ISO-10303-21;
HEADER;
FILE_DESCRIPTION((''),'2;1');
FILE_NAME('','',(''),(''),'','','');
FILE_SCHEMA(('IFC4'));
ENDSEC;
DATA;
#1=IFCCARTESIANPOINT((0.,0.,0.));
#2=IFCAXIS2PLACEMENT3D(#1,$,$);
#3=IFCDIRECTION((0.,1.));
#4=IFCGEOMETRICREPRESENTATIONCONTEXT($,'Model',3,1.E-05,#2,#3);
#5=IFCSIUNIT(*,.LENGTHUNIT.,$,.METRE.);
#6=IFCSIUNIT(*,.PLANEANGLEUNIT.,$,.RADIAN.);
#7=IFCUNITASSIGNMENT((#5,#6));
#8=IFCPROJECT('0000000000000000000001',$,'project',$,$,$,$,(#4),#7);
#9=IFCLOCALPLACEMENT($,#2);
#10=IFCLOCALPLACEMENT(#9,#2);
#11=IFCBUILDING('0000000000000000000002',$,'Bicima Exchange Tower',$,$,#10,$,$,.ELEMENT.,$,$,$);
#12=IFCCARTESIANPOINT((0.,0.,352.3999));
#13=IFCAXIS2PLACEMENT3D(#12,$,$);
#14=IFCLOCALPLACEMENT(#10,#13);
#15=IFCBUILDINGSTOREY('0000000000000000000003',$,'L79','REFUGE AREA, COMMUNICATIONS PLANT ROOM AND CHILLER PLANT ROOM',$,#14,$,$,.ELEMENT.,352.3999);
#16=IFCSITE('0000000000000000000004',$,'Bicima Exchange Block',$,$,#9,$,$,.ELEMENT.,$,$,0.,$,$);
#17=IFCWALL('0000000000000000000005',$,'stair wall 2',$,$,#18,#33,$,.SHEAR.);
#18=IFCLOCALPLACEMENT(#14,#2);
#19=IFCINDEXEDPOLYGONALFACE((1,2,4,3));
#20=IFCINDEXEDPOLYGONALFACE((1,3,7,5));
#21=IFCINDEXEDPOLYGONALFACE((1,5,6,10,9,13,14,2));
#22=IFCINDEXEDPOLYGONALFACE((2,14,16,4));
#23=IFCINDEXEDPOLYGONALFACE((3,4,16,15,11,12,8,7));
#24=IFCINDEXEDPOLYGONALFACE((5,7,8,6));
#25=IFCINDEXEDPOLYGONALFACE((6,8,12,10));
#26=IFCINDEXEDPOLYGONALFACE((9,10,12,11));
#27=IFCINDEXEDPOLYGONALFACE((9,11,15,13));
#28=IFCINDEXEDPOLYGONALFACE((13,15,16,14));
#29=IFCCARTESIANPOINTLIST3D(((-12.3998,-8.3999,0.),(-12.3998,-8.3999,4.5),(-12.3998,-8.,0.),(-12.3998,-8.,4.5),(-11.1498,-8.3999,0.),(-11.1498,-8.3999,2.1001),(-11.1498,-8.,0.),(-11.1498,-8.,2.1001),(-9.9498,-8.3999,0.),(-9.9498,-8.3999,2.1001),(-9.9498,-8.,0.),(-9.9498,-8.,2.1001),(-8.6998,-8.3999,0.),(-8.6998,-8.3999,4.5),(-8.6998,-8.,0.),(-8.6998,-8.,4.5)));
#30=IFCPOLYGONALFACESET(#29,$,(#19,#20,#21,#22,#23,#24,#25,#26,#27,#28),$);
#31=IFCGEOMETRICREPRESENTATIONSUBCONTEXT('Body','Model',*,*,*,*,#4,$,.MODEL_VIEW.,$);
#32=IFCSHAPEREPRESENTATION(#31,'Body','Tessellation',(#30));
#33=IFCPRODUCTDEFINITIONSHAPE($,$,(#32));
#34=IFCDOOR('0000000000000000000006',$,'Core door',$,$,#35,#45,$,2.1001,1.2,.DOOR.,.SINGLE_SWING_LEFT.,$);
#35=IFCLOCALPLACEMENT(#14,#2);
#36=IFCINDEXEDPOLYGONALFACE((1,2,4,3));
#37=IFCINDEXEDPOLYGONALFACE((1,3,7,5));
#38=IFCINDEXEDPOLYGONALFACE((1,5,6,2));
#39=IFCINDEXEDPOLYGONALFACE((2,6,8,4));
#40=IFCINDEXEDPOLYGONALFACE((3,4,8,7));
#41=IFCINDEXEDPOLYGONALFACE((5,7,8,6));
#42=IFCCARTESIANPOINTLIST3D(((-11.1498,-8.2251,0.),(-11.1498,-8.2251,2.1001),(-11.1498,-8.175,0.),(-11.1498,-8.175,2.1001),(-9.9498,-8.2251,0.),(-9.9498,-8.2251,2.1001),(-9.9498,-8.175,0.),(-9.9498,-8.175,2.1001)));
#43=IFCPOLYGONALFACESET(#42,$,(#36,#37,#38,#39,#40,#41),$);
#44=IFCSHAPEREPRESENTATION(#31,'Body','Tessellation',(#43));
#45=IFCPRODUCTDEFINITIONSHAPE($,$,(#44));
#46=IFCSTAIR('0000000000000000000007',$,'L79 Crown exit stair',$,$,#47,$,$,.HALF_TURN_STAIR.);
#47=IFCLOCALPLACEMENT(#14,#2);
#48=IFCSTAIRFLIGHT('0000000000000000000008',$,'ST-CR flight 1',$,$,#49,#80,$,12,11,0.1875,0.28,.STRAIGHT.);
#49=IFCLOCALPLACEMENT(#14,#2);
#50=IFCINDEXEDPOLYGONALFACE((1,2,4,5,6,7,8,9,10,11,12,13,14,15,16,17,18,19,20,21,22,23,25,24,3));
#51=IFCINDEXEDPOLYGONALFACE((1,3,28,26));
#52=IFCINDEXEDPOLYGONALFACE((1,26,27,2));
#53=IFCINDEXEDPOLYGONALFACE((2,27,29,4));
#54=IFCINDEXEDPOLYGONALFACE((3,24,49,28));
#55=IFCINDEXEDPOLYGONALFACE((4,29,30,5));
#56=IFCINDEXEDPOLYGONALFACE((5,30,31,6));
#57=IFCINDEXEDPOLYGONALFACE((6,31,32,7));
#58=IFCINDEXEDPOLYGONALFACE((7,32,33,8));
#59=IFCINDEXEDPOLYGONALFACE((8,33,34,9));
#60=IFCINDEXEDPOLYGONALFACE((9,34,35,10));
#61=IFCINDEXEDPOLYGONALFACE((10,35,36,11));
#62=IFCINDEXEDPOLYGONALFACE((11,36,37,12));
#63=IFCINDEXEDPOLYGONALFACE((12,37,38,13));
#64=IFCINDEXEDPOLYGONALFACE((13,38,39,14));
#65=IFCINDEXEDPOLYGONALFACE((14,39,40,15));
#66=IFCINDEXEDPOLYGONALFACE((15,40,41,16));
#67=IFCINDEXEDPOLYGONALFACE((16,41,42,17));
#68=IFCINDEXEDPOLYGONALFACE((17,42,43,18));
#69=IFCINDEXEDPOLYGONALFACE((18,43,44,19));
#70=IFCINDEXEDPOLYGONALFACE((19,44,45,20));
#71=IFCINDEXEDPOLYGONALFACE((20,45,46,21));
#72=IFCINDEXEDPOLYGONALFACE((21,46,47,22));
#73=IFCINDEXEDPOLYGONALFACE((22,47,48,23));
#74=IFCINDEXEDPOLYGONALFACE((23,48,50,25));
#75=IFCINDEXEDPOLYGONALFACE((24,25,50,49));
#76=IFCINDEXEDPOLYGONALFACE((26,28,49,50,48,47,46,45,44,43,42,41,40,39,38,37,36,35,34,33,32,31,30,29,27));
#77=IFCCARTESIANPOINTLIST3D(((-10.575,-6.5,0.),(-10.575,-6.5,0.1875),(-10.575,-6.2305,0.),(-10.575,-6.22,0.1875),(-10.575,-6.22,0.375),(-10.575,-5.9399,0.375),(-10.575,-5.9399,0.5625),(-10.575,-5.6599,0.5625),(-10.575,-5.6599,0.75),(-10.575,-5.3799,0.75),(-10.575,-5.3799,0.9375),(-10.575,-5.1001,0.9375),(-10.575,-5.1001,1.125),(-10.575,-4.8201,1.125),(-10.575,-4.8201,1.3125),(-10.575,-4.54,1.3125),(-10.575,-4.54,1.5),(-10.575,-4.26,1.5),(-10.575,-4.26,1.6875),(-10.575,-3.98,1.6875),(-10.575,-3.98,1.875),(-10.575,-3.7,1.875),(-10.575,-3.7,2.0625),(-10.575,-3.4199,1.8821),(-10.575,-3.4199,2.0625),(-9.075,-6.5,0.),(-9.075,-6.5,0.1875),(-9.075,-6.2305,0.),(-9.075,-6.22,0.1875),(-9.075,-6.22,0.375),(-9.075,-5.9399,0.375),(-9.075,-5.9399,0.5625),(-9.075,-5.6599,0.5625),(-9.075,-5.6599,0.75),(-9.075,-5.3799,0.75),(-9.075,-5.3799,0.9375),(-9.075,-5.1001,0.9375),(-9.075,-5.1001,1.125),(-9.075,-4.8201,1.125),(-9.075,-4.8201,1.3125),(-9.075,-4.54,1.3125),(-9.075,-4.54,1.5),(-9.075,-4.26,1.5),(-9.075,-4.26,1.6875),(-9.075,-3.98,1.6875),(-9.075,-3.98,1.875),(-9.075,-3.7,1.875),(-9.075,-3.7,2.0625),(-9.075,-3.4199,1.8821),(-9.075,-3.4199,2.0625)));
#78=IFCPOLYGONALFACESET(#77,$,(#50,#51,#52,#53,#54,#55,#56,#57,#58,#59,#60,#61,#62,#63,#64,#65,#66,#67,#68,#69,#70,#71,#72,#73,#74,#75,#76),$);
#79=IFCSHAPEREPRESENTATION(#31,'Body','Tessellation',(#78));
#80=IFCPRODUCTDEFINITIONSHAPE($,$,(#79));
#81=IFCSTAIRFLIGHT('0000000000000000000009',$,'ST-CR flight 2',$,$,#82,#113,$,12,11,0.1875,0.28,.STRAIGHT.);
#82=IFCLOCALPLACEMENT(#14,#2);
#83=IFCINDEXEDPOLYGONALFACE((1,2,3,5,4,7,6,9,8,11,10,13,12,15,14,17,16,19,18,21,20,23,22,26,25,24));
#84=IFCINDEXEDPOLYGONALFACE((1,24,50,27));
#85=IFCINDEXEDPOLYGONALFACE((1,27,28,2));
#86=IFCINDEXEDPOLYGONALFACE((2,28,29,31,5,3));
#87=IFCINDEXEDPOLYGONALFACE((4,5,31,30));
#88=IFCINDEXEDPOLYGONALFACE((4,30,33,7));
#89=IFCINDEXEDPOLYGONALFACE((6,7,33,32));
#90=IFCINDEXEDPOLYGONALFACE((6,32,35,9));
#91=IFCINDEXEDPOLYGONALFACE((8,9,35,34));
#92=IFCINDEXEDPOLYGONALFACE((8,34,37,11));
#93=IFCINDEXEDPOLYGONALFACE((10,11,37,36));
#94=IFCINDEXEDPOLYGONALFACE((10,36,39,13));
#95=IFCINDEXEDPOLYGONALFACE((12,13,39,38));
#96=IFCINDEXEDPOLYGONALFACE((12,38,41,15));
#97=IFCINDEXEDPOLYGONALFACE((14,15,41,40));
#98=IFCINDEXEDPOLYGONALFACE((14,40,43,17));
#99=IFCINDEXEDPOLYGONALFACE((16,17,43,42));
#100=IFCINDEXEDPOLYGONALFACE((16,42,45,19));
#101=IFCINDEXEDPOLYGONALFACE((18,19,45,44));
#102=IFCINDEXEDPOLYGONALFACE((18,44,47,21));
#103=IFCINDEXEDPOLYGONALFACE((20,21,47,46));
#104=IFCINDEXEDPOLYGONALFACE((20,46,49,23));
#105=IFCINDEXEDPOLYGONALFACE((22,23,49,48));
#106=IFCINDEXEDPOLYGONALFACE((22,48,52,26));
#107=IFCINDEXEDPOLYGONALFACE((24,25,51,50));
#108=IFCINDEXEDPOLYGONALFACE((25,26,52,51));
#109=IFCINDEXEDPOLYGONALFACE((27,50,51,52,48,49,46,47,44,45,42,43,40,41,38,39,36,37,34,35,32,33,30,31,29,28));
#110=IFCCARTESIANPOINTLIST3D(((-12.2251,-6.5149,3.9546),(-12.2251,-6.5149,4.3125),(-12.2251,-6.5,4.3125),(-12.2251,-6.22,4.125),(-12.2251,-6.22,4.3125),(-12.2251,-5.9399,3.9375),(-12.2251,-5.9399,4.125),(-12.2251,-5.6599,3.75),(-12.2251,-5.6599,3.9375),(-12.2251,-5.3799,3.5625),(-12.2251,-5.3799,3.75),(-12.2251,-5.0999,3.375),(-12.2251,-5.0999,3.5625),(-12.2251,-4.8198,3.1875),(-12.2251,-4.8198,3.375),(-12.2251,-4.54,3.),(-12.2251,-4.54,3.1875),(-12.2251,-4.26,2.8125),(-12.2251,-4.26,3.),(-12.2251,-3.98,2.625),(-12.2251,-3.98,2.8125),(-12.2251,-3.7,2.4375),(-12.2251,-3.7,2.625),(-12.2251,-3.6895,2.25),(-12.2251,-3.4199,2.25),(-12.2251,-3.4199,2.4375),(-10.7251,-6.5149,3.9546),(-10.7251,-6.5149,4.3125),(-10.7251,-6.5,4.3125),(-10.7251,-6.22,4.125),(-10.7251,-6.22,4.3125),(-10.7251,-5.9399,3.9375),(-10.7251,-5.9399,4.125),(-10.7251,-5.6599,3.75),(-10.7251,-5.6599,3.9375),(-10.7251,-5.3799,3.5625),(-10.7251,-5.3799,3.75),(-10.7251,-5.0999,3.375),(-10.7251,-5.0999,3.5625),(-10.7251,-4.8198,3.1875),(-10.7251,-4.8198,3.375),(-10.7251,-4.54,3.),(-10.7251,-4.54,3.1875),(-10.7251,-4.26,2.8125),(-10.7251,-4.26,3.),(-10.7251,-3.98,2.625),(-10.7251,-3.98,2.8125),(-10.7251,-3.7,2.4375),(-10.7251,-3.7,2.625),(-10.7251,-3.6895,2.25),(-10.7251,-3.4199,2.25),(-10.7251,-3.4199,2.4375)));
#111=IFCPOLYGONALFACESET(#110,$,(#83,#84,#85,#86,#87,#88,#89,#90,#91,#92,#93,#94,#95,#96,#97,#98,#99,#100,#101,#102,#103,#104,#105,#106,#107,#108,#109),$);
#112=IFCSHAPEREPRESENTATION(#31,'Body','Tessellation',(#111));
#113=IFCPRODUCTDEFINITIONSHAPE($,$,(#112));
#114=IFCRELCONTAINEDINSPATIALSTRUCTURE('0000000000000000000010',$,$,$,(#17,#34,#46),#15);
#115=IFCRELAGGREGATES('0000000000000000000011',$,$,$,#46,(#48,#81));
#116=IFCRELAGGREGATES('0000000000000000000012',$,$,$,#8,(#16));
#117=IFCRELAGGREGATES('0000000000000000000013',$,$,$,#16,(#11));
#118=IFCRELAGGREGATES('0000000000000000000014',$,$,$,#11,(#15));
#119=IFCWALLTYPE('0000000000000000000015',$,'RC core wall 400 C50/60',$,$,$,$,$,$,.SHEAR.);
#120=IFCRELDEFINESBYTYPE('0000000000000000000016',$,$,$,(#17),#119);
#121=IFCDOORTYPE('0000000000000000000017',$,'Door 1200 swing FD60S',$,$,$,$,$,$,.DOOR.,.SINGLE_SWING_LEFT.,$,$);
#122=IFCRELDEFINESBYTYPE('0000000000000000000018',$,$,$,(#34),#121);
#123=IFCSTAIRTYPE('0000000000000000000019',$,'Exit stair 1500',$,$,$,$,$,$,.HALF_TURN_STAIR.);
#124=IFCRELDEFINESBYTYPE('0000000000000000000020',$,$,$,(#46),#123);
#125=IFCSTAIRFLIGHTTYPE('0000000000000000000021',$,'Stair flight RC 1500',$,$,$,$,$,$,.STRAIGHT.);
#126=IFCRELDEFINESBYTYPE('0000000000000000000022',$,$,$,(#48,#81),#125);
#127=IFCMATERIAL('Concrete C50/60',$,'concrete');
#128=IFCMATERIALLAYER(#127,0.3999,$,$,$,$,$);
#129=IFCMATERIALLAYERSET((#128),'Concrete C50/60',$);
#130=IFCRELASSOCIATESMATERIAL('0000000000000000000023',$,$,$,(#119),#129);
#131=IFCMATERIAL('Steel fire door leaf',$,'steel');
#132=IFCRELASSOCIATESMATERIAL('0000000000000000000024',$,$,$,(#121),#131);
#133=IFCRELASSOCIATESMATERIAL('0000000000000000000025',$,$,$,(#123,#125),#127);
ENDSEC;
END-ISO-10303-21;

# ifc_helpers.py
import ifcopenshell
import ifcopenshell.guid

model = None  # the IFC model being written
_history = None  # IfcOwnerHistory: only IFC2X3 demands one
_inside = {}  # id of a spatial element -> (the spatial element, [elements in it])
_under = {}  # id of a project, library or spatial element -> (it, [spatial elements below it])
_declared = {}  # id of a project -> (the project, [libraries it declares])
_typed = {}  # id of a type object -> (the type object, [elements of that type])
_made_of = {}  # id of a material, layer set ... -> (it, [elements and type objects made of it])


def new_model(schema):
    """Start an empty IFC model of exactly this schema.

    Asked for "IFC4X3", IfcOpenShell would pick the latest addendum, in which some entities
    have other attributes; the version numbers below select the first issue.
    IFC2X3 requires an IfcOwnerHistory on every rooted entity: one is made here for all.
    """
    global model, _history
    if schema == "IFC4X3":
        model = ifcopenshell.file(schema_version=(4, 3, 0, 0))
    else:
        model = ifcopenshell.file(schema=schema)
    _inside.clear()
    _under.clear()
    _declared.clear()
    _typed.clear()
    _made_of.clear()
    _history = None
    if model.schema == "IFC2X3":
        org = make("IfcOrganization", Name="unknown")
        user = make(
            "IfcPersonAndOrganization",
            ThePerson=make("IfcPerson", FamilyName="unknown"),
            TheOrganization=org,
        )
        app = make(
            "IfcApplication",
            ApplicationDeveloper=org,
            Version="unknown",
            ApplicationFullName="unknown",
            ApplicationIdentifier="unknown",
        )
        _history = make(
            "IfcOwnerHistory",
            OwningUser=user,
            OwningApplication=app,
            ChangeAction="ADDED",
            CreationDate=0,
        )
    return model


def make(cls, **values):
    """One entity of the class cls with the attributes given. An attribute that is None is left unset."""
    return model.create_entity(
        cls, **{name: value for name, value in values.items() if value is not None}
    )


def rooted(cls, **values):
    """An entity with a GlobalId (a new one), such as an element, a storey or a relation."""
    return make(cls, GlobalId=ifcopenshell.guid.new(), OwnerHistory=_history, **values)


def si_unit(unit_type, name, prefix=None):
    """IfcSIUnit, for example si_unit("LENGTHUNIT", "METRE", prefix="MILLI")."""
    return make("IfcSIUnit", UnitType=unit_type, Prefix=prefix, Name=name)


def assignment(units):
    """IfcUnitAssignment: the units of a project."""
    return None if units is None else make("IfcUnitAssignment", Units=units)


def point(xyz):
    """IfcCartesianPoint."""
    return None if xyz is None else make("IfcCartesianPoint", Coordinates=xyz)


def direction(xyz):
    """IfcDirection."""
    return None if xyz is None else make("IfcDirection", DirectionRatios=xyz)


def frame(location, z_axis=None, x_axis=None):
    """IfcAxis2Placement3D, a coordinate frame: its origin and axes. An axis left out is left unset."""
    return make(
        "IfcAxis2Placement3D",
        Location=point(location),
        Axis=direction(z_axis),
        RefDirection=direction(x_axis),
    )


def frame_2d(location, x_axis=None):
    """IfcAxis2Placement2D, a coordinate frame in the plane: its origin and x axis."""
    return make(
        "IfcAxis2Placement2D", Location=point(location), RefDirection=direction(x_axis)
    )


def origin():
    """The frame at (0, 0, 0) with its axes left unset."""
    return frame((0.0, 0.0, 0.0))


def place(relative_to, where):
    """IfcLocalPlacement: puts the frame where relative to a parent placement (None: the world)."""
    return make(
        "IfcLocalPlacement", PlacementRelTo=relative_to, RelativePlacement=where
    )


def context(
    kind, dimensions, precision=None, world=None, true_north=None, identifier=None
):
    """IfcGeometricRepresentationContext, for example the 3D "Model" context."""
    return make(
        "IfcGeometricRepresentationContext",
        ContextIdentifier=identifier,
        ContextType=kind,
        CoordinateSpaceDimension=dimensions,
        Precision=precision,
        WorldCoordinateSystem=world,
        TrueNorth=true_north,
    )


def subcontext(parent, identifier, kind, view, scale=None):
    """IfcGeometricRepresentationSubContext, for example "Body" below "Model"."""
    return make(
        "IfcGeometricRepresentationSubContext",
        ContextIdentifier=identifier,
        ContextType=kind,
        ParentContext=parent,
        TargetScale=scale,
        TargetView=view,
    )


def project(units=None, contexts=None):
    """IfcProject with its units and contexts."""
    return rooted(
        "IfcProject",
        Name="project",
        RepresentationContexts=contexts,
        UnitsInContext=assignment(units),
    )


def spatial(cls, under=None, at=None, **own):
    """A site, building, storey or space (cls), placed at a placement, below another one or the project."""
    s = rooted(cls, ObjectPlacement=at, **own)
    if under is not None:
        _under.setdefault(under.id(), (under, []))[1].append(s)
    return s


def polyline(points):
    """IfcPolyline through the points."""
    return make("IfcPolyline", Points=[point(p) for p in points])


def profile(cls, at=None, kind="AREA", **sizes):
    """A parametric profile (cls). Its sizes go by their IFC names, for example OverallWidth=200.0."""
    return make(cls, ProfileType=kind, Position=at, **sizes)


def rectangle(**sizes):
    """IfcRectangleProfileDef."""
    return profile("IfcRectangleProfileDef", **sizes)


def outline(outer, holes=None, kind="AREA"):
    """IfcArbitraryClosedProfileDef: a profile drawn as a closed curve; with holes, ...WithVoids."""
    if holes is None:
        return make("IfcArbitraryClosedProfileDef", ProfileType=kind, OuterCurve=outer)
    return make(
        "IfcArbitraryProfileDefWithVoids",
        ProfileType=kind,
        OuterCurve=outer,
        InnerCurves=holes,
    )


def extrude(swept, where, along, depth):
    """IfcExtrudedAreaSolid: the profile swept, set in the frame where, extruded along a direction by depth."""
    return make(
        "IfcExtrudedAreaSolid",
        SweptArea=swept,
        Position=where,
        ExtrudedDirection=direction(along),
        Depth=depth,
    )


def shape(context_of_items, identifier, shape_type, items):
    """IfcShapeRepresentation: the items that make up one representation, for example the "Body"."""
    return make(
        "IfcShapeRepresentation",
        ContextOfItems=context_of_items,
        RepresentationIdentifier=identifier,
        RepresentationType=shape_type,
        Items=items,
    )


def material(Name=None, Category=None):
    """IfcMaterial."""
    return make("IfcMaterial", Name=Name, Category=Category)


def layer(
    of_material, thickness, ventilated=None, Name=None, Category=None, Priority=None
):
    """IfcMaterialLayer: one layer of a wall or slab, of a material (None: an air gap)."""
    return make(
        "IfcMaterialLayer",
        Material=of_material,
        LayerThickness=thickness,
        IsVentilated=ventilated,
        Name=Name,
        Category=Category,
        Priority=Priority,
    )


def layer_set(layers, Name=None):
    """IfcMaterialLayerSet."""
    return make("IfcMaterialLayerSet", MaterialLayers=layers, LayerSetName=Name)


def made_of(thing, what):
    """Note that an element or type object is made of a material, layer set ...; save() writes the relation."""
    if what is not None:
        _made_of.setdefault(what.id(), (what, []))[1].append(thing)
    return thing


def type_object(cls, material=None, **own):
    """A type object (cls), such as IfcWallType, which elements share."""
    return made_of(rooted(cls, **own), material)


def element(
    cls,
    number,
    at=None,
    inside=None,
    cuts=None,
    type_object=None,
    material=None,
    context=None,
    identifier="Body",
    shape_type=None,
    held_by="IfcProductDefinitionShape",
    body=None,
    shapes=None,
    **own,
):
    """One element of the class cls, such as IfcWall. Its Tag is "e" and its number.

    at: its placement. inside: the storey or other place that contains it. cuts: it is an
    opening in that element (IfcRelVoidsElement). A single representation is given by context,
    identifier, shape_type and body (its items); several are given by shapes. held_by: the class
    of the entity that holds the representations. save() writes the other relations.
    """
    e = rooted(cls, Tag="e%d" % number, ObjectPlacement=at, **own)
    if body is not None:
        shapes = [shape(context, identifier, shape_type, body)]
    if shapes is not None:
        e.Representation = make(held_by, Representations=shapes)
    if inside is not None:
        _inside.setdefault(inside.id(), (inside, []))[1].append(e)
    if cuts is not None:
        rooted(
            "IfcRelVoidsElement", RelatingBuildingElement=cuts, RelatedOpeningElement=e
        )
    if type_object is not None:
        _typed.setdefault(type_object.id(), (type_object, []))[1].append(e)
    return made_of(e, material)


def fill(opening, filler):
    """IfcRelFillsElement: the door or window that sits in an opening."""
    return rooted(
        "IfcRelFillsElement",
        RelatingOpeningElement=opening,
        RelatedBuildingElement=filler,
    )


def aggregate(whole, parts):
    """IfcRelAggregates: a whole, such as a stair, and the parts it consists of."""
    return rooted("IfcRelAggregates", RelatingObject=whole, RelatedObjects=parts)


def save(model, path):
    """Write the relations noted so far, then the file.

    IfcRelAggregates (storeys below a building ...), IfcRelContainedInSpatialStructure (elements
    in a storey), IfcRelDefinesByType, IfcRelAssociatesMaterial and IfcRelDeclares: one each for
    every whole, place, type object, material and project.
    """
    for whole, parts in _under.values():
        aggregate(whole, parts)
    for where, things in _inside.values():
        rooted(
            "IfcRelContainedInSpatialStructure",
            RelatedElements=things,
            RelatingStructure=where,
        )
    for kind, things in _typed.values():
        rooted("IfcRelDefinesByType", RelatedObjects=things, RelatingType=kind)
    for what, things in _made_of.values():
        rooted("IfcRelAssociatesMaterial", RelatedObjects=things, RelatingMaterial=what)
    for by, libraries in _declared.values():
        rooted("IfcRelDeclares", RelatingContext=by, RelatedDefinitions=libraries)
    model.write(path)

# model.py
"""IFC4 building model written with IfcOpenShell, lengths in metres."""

from ifc_helpers import new_model, si_unit, direction, frame, frame_2d, origin, place, context, subcontext, project, spatial, polyline, rectangle, outline, extrude, material, layer, layer_set, type_object, element, fill, aggregate, save


model = new_model("IFC4")

# Units and contexts
model_context = context("Model", 3, precision=1e-05, world=origin(), true_north=direction((0.0, 1.0)))
body_context = subcontext(model_context, "Body", "Model", "MODEL_VIEW")
ifc_project = project(units=[si_unit("LENGTHUNIT", "METRE"), si_unit("PLANEANGLEUNIT", "RADIAN")], contexts=[model_context])

# Site, building, storey
site_placement = place(None, origin())
site = spatial("IfcSite", under=ifc_project, at=site_placement, Name="Bicima Exchange Block", CompositionType="ELEMENT", RefElevation=0.0)
building_placement = place(site_placement, origin())
building = spatial("IfcBuilding", under=site, at=building_placement, Name="Bicima Exchange Tower", CompositionType="ELEMENT")
storey_placement = place(building_placement, frame((0.0, 0.0, 352.3999)))
storey = spatial("IfcBuildingStorey", under=building, at=storey_placement, Name="L79", Description="REFUGE AREA, COMMUNICATIONS PLANT ROOM AND CHILLER PLANT ROOM", CompositionType="ELEMENT", Elevation=352.3999)

# Wall, opening, door
ifc_material_1 = material(Name="Concrete C50/60", Category="concrete")
ifc_layer_1 = layer(ifc_material_1, 0.3999)
ifc_layer_set_1 = layer_set([ifc_layer_1], Name="Concrete C50/60")
wall_type = type_object("IfcWallType", Name="RC core wall 400 C50/60", PredefinedType="SHEAR", material=ifc_layer_set_1)
wall_placement = place(storey_placement, frame((-12.3999, -8.2, 0.0), z_axis=(0.0, 0.0, 1.0), x_axis=(1.0, 0.0, 0.0)))
wall = element("IfcWall", 1, at=wall_placement, inside=storey, type_object=wall_type, Name="stair wall 2", PredefinedType="SHEAR", context=body_context, shape_type="SweptSolid", body=[
    extrude(rectangle(XDim=3.7, YDim=0.3999, at=frame_2d((1.8501, 0.0))), origin(), (0.0, 0.0, 1.0), 4.5),
])
opening_placement = place(wall_placement, frame((1.25, 0.0, 0.0)))
opening = element("IfcOpeningElement", 2, at=opening_placement, cuts=wall, PredefinedType="OPENING", context=body_context, shape_type="SweptSolid", body=[
    extrude(rectangle(XDim=1.2, YDim=2.1001, at=frame_2d((0.6001, 1.05))), frame((0.0, 0.2119, 0.0), z_axis=(0.0, -1.0, 0.0), x_axis=(1.0, 0.0, 0.0)), (0.0, 0.0, 1.0), 0.4238),
])
ifc_material_2 = material(Name="Steel fire door leaf", Category="steel")
door_type = type_object("IfcDoorType", Name="Door 1200 swing FD60S", OperationType="SINGLE_SWING_LEFT", PredefinedType="DOOR", material=ifc_material_2)
door_placement = place(opening_placement, origin())
door = element("IfcDoor", 3, at=door_placement, inside=storey, type_object=door_type, Name="Core door", OperationType="SINGLE_SWING_LEFT", OverallHeight=2.1001, OverallWidth=1.2, PredefinedType="DOOR", context=body_context, shape_type="SweptSolid", body=[
    extrude(rectangle(XDim=1.2, YDim=2.1001, at=frame_2d((0.6001, 1.05))), frame((0.0, 0.0249, 0.0), z_axis=(0.0, -1.0, 0.0), x_axis=(1.0, 0.0, 0.0)), (0.0, 0.0, 1.0), 0.05),
])
fill(opening, door)

# Stair, stair flights
stair_type = type_object("IfcStairType", Name="Exit stair 1500", PredefinedType="HALF_TURN_STAIR", material=ifc_material_1)
stair_placement = place(storey_placement, origin())
stair = element("IfcStair", 4, at=stair_placement, inside=storey, type_object=stair_type, Name="L79 Crown exit stair", PredefinedType="HALF_TURN_STAIR")
stair_flight_type = type_object("IfcStairFlightType", Name="Stair flight RC 1500", PredefinedType="STRAIGHT", material=ifc_material_1)
stair_flight_1_placement = place(storey_placement, frame((-9.825, -6.5, 0.0), z_axis=(0.0, 0.0, 1.0), x_axis=(0.0, 1.0, 0.0)))
stair_flight_1 = element("IfcStairFlight", 5, at=stair_flight_1_placement, type_object=stair_flight_type, Name="ST-CR flight 1", NumberOfRisers=12, NumberOfTreads=11, PredefinedType="STRAIGHT", RiserHeight=0.1875, TreadLength=0.28, context=body_context, shape_type="SweptSolid", body=[
    extrude(outline(polyline([(0.0, 0.0), (0.0, 0.1875), (0.28, 0.1875), (0.28, 0.375), (0.5601, 0.375), (0.5601, 0.5625), (0.8401, 0.5625), (0.8401, 0.75), (1.1201, 0.75), (1.1201, 0.9375), (1.3999, 0.9375), (1.3999, 1.125), (1.6799, 1.125), (1.6799, 1.3125), (1.96, 1.3125), (1.96, 1.5), (2.24, 1.5), (2.24, 1.6875), (2.52, 1.6875), (2.52, 1.875), (2.8, 1.875), (2.8, 2.0625), (3.0801, 2.0625), (3.0801, 2.25), (3.0801, 1.8821), (0.2695, 0.0), (0.0, 0.0)])), frame((0.0, 0.75, 0.0), z_axis=(0.0, -1.0, 0.0), x_axis=(1.0, 0.0, 0.0)), (0.0, 0.0, 1.0), 1.5),
])
stair_flight_2_placement = place(storey_placement, frame((-11.4751, -3.4199, 2.25), z_axis=(0.0, 0.0, 1.0), x_axis=(0.0, -1.0, 0.0)))
stair_flight_2 = element("IfcStairFlight", 6, at=stair_flight_2_placement, type_object=stair_flight_type, Name="ST-CR flight 2", NumberOfRisers=12, NumberOfTreads=11, PredefinedType="STRAIGHT", RiserHeight=0.1875, TreadLength=0.28, context=body_context, shape_type="SweptSolid", body=[
    extrude(outline(polyline([(0.0, 0.0), (0.0, 0.1875), (0.28, 0.1875), (0.28, 0.375), (0.5601, 0.375), (0.5601, 0.5625), (0.8401, 0.5625), (0.8401, 0.75), (1.1201, 0.75), (1.1201, 0.9375), (1.3999, 0.9375), (1.3999, 1.125), (1.6799, 1.125), (1.6799, 1.3125), (1.96, 1.3125), (1.96, 1.5), (2.24, 1.5), (2.24, 1.6875), (2.52, 1.6875), (2.52, 1.875), (2.8, 1.875), (2.8, 2.0625), (3.0801, 2.0625), (3.095, 2.0625), (3.095, 1.7046), (0.2695, 0.0), (0.0, 0.0)])), frame((0.0, 0.75, 0.0), z_axis=(0.0, -1.0, 0.0), x_axis=(1.0, 0.0, 0.0)), (0.0, 0.0, 1.0), 1.5),
])
aggregate(stair, [stair_flight_1, stair_flight_2])

save(model, "model.ifc")
